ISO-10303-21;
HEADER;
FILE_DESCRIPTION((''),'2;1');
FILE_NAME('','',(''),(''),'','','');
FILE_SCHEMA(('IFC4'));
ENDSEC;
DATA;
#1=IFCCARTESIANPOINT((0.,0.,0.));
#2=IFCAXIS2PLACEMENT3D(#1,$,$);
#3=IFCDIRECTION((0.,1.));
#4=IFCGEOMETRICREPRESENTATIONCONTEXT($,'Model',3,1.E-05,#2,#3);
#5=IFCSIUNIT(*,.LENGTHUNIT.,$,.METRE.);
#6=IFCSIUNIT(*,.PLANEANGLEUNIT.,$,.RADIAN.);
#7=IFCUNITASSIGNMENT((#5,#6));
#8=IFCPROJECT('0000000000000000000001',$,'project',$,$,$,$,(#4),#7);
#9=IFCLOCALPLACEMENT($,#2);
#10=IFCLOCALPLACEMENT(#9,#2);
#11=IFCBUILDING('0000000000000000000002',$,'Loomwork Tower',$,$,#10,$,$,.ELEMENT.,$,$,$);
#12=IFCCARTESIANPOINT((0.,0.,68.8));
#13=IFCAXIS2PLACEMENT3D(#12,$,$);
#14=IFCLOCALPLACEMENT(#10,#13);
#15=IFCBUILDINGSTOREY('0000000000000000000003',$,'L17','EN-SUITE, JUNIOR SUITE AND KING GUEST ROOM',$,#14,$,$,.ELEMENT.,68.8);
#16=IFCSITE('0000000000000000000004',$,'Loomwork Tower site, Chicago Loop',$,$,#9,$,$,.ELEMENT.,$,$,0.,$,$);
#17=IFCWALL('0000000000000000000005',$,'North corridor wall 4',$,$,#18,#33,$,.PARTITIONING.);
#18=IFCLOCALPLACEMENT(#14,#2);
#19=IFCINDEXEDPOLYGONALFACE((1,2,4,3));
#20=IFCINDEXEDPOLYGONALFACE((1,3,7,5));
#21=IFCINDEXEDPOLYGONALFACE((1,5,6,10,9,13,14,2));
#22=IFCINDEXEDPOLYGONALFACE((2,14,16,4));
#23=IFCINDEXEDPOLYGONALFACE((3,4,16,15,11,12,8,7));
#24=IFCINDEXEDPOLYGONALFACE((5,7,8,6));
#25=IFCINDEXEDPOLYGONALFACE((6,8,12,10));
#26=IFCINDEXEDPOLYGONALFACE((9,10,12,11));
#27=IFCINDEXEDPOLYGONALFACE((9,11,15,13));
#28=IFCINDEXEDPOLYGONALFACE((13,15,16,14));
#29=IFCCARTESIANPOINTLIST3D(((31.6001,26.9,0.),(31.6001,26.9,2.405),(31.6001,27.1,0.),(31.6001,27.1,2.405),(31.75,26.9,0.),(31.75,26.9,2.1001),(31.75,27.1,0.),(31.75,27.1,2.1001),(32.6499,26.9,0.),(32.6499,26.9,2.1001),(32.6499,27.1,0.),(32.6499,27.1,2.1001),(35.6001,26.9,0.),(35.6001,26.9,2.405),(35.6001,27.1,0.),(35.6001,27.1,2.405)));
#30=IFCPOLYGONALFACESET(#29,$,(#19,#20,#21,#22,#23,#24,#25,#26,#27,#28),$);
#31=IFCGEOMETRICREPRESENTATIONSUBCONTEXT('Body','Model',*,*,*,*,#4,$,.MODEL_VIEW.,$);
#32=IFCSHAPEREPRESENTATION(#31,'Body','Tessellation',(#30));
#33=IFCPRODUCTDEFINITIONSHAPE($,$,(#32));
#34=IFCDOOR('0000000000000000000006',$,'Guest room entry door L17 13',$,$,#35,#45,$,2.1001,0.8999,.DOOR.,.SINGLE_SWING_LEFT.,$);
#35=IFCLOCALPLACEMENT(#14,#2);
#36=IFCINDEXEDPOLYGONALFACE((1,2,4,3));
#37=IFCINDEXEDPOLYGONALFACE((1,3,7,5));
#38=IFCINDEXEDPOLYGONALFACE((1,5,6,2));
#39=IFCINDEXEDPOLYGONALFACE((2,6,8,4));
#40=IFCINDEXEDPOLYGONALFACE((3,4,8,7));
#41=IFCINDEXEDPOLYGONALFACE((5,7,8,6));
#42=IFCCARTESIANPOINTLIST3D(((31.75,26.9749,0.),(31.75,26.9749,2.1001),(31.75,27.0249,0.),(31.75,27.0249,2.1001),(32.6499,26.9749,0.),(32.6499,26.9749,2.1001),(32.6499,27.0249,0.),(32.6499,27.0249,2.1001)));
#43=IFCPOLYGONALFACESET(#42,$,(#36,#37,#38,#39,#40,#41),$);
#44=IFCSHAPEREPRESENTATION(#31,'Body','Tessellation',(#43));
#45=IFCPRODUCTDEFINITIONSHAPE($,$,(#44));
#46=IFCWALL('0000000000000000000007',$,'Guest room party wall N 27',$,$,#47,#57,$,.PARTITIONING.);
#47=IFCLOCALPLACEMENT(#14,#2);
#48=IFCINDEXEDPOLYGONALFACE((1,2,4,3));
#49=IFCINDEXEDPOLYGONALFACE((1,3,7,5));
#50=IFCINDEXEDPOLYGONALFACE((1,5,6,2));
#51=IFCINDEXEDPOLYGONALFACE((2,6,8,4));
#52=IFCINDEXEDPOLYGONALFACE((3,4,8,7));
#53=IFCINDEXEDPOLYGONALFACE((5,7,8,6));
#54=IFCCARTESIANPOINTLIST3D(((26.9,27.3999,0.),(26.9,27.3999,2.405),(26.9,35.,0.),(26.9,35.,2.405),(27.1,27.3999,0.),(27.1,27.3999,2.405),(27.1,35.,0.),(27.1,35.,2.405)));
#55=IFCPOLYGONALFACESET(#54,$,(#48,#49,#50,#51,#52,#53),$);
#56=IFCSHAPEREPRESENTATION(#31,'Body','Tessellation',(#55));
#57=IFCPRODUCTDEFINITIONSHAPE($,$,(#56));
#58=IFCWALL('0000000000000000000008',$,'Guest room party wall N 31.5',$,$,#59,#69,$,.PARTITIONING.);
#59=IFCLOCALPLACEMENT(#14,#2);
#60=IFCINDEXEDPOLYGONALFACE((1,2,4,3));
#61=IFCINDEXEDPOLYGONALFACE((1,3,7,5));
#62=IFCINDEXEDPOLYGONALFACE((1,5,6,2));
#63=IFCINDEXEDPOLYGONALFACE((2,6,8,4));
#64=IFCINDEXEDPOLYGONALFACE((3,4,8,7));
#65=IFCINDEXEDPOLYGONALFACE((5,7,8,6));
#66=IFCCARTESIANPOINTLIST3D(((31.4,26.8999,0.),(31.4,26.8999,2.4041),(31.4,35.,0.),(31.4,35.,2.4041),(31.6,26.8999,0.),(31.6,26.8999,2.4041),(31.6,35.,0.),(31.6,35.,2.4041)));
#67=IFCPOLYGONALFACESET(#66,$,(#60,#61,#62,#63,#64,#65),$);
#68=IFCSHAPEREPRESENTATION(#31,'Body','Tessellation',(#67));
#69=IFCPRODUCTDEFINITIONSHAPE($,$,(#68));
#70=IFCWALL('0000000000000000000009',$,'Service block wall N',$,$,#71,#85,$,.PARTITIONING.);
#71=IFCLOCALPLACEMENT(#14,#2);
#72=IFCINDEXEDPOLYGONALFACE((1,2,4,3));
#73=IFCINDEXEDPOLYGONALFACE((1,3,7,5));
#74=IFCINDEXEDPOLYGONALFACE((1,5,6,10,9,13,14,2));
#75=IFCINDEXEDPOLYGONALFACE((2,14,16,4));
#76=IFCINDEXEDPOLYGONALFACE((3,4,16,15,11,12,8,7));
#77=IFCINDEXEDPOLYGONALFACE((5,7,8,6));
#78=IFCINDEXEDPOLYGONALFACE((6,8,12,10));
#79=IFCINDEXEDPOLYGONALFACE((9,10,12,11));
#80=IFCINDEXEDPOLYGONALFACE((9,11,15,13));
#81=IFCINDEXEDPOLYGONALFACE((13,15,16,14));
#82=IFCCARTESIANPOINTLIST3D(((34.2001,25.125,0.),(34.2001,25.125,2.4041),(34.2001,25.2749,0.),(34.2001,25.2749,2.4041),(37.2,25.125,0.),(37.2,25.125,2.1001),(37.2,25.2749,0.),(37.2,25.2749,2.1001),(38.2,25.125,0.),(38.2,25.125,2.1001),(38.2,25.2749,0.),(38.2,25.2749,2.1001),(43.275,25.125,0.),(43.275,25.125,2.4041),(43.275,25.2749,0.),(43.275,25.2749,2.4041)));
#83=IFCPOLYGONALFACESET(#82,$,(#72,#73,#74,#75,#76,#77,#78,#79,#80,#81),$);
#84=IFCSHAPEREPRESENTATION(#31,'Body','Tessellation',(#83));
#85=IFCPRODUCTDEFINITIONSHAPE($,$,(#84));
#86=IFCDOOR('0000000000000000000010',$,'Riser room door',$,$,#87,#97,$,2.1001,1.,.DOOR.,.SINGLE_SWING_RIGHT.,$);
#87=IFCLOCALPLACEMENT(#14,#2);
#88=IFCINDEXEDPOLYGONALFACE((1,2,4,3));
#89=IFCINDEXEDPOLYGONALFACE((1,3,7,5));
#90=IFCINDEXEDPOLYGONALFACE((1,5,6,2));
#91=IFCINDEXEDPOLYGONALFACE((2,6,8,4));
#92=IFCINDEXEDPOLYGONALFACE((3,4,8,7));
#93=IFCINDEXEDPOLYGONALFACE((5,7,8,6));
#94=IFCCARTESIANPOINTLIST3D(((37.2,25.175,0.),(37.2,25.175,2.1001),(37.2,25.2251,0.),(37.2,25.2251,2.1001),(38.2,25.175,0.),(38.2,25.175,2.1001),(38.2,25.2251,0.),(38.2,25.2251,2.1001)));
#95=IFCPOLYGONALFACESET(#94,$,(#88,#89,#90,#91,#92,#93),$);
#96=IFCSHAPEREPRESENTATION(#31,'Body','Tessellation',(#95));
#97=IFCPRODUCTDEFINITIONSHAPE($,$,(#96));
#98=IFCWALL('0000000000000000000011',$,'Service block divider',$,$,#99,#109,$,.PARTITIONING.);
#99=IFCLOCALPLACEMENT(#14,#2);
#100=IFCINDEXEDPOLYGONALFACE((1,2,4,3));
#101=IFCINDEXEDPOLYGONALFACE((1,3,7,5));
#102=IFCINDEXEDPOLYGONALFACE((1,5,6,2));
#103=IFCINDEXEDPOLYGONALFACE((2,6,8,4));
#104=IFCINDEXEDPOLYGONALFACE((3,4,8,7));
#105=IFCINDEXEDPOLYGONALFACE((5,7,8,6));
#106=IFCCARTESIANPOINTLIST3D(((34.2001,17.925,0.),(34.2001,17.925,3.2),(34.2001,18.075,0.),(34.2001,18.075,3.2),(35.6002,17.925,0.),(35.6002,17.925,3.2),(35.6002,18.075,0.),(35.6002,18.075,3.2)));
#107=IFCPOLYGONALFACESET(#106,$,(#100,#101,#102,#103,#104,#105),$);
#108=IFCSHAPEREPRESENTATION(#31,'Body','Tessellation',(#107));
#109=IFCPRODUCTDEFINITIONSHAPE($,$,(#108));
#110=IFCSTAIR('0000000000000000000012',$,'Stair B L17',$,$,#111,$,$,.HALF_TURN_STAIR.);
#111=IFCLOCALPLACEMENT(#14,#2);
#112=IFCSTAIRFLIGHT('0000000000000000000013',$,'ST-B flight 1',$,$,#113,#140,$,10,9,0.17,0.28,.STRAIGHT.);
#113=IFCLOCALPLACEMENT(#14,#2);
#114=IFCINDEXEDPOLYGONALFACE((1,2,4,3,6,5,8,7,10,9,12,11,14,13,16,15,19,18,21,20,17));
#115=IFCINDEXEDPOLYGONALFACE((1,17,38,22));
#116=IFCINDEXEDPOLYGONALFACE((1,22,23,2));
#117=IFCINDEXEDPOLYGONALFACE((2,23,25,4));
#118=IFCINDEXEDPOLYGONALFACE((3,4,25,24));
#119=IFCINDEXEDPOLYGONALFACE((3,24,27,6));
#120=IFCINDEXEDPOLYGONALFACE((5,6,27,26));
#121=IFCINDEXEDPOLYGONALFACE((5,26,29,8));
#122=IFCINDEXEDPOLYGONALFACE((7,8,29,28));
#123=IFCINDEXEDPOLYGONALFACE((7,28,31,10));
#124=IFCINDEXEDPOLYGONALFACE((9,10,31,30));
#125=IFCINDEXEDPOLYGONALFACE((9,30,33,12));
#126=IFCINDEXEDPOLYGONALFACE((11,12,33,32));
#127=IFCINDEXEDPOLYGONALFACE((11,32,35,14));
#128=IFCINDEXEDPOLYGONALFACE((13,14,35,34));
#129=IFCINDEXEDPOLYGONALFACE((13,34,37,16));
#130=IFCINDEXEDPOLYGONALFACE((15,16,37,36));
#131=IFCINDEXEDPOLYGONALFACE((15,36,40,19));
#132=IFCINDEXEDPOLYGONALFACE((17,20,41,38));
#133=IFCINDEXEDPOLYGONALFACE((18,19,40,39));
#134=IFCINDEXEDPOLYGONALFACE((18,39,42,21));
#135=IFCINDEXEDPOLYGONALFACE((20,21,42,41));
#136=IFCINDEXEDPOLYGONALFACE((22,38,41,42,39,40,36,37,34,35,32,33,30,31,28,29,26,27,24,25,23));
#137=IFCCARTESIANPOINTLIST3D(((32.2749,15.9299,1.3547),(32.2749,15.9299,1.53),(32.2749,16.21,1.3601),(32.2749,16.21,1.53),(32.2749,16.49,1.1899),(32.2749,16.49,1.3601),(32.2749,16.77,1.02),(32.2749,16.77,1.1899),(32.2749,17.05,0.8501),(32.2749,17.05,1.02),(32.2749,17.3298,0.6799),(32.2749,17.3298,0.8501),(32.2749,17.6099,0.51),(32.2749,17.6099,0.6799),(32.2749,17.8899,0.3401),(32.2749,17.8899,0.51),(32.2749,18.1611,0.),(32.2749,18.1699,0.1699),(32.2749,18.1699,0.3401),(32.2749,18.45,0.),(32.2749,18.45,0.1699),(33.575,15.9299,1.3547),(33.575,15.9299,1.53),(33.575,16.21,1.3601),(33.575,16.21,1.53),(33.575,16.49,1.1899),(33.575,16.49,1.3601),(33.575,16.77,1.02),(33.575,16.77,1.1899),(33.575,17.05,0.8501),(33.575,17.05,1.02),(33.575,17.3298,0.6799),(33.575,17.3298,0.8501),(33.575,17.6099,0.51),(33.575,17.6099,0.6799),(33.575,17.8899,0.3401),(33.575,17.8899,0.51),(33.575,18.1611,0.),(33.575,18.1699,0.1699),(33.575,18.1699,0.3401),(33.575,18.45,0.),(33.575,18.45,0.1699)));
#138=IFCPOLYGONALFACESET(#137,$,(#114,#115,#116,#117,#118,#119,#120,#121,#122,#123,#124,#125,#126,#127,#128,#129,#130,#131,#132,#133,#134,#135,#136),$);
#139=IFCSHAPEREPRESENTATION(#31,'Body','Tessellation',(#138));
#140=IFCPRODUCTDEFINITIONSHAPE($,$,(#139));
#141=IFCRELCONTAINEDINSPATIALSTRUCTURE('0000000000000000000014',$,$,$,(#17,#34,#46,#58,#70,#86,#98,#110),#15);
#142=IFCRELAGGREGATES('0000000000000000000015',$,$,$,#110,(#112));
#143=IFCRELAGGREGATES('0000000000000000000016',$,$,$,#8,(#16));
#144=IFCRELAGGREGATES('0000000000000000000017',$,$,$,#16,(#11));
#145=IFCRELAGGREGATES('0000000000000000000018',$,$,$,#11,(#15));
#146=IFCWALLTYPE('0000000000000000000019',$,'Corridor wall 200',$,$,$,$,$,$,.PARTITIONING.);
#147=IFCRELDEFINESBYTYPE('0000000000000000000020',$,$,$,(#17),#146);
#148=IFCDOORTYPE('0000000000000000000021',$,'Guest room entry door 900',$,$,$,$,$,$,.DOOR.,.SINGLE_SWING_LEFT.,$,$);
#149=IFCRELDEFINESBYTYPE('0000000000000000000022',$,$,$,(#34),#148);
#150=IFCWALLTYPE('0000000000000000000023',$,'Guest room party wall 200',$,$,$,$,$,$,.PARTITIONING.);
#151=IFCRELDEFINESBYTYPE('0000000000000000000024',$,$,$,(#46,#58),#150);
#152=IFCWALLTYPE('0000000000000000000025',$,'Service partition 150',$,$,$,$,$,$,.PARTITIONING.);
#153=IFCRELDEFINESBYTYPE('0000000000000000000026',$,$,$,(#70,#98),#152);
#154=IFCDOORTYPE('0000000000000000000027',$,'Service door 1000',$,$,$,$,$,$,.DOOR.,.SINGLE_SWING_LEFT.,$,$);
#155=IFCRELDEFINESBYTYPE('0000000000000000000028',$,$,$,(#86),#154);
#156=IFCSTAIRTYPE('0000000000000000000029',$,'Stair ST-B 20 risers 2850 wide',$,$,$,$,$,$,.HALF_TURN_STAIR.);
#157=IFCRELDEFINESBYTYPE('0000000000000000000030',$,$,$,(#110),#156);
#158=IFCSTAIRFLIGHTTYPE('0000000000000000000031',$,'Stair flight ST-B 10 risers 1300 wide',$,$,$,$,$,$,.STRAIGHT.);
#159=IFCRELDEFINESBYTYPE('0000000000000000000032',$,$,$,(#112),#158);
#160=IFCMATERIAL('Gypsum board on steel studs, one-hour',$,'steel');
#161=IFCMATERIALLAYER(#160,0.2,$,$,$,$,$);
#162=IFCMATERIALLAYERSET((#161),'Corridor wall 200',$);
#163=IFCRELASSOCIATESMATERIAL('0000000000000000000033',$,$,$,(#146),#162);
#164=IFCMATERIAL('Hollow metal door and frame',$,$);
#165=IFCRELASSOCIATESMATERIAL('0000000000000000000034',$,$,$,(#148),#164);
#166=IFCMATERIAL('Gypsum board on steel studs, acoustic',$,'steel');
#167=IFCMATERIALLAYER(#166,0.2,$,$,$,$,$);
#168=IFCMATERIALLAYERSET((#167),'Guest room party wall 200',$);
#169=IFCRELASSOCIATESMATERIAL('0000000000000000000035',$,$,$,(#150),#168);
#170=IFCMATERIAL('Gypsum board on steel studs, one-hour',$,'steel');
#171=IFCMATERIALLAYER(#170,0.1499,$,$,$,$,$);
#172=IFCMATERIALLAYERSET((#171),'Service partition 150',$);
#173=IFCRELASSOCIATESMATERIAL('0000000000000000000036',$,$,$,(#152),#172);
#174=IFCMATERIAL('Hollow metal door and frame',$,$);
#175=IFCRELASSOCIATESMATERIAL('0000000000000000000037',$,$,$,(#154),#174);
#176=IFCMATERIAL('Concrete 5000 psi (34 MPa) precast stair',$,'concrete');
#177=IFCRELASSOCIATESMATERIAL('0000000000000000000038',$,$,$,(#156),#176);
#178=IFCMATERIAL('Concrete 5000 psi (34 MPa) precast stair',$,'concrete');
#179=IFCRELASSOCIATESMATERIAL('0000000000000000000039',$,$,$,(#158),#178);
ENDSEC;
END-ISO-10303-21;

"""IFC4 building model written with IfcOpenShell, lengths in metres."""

from ifc_helpers import new_model, si_unit, direction, frame, frame_2d, origin, place, context, subcontext, project, spatial, polyline, rectangle, outline, extrude, material, layer, layer_set, type_object, element, fill, aggregate, save


model = new_model("IFC4")

# Units and contexts
model_context = context("Model", 3, precision=1e-05, world=origin(), true_north=direction((0.0, 1.0)))
body_context = subcontext(model_context, "Body", "Model", "MODEL_VIEW")
ifc_project = project(units=[si_unit("LENGTHUNIT", "METRE"), si_unit("PLANEANGLEUNIT", "RADIAN")], contexts=[model_context])

# Site, building, storey
site_placement = place(None, origin())
site = spatial("IfcSite", under=ifc_project, at=site_placement, Name="Loomwork Tower site, Chicago Loop", CompositionType="ELEMENT", RefElevation=0.0)
building_placement = place(site_placement, origin())
building = spatial("IfcBuilding", under=site, at=building_placement, Name="Loomwork Tower", CompositionType="ELEMENT")
storey_placement = place(building_placement, frame((0.0, 0.0, 68.8)))
storey = spatial("IfcBuildingStorey", under=building, at=storey_placement, Name="L17", Description="EN-SUITE, JUNIOR SUITE AND KING GUEST ROOM", CompositionType="ELEMENT", Elevation=68.8)

# Wall, opening, door
ifc_material_1 = material(Name="Gypsum board on steel studs, one-hour", Category="steel")
ifc_layer_1 = layer(ifc_material_1, 0.2)
ifc_layer_set_1 = layer_set([ifc_layer_1], Name="Corridor wall 200")
wall_type_1 = type_object("IfcWallType", Name="Corridor wall 200", PredefinedType="PARTITIONING", material=ifc_layer_set_1)
wall_1_placement = place(storey_placement, frame((31.6001, 27.0, 0.0), z_axis=(0.0, 0.0, 1.0), x_axis=(1.0, 0.0, 0.0)))
wall_1 = element("IfcWall", 1, at=wall_1_placement, inside=storey, type_object=wall_type_1, Name="North corridor wall 4", PredefinedType="PARTITIONING", context=body_context, shape_type="SweptSolid", body=[
    extrude(rectangle(XDim=4.0, YDim=0.2, at=frame_2d((2.0, 0.0))), origin(), (0.0, 0.0, 1.0), 2.405),
])
opening_1_placement = place(wall_1_placement, frame((0.1499, 0.0, 0.0)))
opening_1 = element("IfcOpeningElement", 2, at=opening_1_placement, cuts=wall_1, PredefinedType="OPENING", context=body_context, shape_type="SweptSolid", body=[
    extrude(rectangle(XDim=0.8999, YDim=2.1001, at=frame_2d((0.45, 1.05))), frame((0.0, 0.1099, 0.0), z_axis=(0.0, -1.0, 0.0), x_axis=(1.0, 0.0, 0.0)), (0.0, 0.0, 1.0), 0.22),
])
ifc_material_2 = material(Name="Hollow metal door and frame")
door_type_1 = type_object("IfcDoorType", Name="Guest room entry door 900", OperationType="SINGLE_SWING_LEFT", PredefinedType="DOOR", material=ifc_material_2)
door_1_placement = place(opening_1_placement, origin())
door_1 = element("IfcDoor", 3, at=door_1_placement, inside=storey, type_object=door_type_1, Name="Guest room entry door L17 13", OperationType="SINGLE_SWING_LEFT", OverallHeight=2.1001, OverallWidth=0.8999, PredefinedType="DOOR", context=body_context, shape_type="SweptSolid", body=[
    extrude(rectangle(XDim=0.8999, YDim=2.1001, at=frame_2d((0.45, 1.05))), frame((0.0, 0.0249, 0.0), z_axis=(0.0, -1.0, 0.0), x_axis=(1.0, 0.0, 0.0)), (0.0, 0.0, 1.0), 0.05),
])
fill(opening_1, door_1)

# Walls
ifc_material_3 = material(Name="Gypsum board on steel studs, acoustic", Category="steel")
ifc_layer_2 = layer(ifc_material_3, 0.2)
ifc_layer_set_2 = layer_set([ifc_layer_2], Name="Guest room party wall 200")
wall_type_2 = type_object("IfcWallType", Name="Guest room party wall 200", PredefinedType="PARTITIONING", material=ifc_layer_set_2)
wall_2_placement = place(storey_placement, frame((27.0, 27.3999, 0.0), z_axis=(0.0, 0.0, 1.0), x_axis=(0.0, 1.0, 0.0)))
element("IfcWall", 4, at=wall_2_placement, inside=storey, type_object=wall_type_2, Name="Guest room party wall N 27", PredefinedType="PARTITIONING", context=body_context, shape_type="SweptSolid", body=[
    extrude(rectangle(XDim=7.6001, YDim=0.2, at=frame_2d((3.8, 0.0))), origin(), (0.0, 0.0, 1.0), 2.405),
])
wall_3_placement = place(storey_placement, frame((31.5, 26.8999, 0.0), z_axis=(0.0, 0.0, 1.0), x_axis=(0.0, 1.0, 0.0)))
element("IfcWall", 5, at=wall_3_placement, inside=storey, type_object=wall_type_2, Name="Guest room party wall N 31.5", PredefinedType="PARTITIONING", context=body_context, shape_type="SweptSolid", body=[
    extrude(rectangle(XDim=8.1001, YDim=0.2, at=frame_2d((4.05, 0.0))), origin(), (0.0, 0.0, 1.0), 2.4041),
])

# Wall, opening, door
ifc_material_4 = material(Name="Gypsum board on steel studs, one-hour", Category="steel")
ifc_layer_3 = layer(ifc_material_4, 0.1499)
ifc_layer_set_3 = layer_set([ifc_layer_3], Name="Service partition 150")
wall_type_3 = type_object("IfcWallType", Name="Service partition 150", PredefinedType="PARTITIONING", material=ifc_layer_set_3)
wall_4_placement = place(storey_placement, frame((34.2, 25.2, 0.0), z_axis=(0.0, 0.0, 1.0), x_axis=(1.0, 0.0, 0.0)))
wall_4 = element("IfcWall", 6, at=wall_4_placement, inside=storey, type_object=wall_type_3, Name="Service block wall N", PredefinedType="PARTITIONING", context=body_context, shape_type="SweptSolid", body=[
    extrude(rectangle(XDim=9.075, YDim=0.1499, at=frame_2d((4.5376, 0.0))), origin(), (0.0, 0.0, 1.0), 2.4041),
])
opening_2_placement = place(wall_4_placement, frame((3.0, 0.0, 0.0)))
opening_2 = element("IfcOpeningElement", 7, at=opening_2_placement, cuts=wall_4, PredefinedType="OPENING", context=body_context, shape_type="SweptSolid", body=[
    extrude(rectangle(XDim=1.0, YDim=2.1001, at=frame_2d((0.5, 1.05))), frame((0.0, 0.085, 0.0), z_axis=(0.0, -1.0, 0.0), x_axis=(1.0, 0.0, 0.0)), (0.0, 0.0, 1.0), 0.1699),
])
ifc_material_5 = material(Name="Hollow metal door and frame")
door_type_2 = type_object("IfcDoorType", Name="Service door 1000", OperationType="SINGLE_SWING_LEFT", PredefinedType="DOOR", material=ifc_material_5)
door_2_placement = place(opening_2_placement, frame((1.0, 0.0, 0.0), z_axis=(0.0, 0.0, 1.0), x_axis=(-1.0, 0.0, 0.0)))
door_2 = element("IfcDoor", 8, at=door_2_placement, inside=storey, type_object=door_type_2, Name="Riser room door", OperationType="SINGLE_SWING_RIGHT", OverallHeight=2.1001, OverallWidth=1.0, PredefinedType="DOOR", context=body_context, shape_type="SweptSolid", body=[
    extrude(rectangle(XDim=1.0, YDim=2.1001, at=frame_2d((0.5, 1.05))), frame((0.0, 0.0249, 0.0), z_axis=(0.0, -1.0, 0.0), x_axis=(1.0, 0.0, 0.0)), (0.0, 0.0, 1.0), 0.05),
])
fill(opening_2, door_2)

# Wall
wall_5_placement = place(storey_placement, frame((34.2, 18.0, 0.0), z_axis=(0.0, 0.0, 1.0), x_axis=(1.0, 0.0, 0.0)))
element("IfcWall", 9, at=wall_5_placement, inside=storey, type_object=wall_type_3, Name="Service block divider", PredefinedType="PARTITIONING", context=body_context, shape_type="SweptSolid", body=[
    extrude(rectangle(XDim=1.4001, YDim=0.1499, at=frame_2d((0.7002, 0.0))), origin(), (0.0, 0.0, 1.0), 3.2),
])

# Stair, stair flight
ifc_material_6 = material(Name="Concrete 5000 psi (34 MPa) precast stair", Category="concrete")
stair_type = type_object("IfcStairType", Name="Stair ST-B 20 risers 2850 wide", PredefinedType="HALF_TURN_STAIR", material=ifc_material_6)
stair_placement = place(storey_placement, origin())
stair = element("IfcStair", 10, at=stair_placement, inside=storey, type_object=stair_type, Name="Stair B L17", PredefinedType="HALF_TURN_STAIR")
ifc_material_7 = material(Name="Concrete 5000 psi (34 MPa) precast stair", Category="concrete")
stair_flight_type = type_object("IfcStairFlightType", Name="Stair flight ST-B 10 risers 1300 wide", PredefinedType="STRAIGHT", material=ifc_material_7)
stair_flight_placement = place(storey_placement, frame((32.925, 18.45, 0.0), z_axis=(0.0, 0.0, 1.0), x_axis=(0.0, -1.0, 0.0)))
stair_flight = element("IfcStairFlight", 11, at=stair_flight_placement, type_object=stair_flight_type, Name="ST-B flight 1", NumberOfRisers=10, NumberOfTreads=9, PredefinedType="STRAIGHT", RiserHeight=0.17, TreadLength=0.28, context=body_context, shape_type="SweptSolid", body=[
    extrude(outline(polyline([(0.0, 0.0), (0.0, 0.1699), (0.28, 0.1699), (0.28, 0.3401), (0.5601, 0.3401), (0.5601, 0.51), (0.8401, 0.51), (0.8401, 0.6799), (1.1201, 0.6799), (1.1201, 0.8501), (1.3999, 0.8501), (1.3999, 1.02), (1.6799, 1.02), (1.6799, 1.1899), (1.96, 1.1899), (1.96, 1.3601), (2.24, 1.3601), (2.24, 1.53), (2.52, 1.53), (2.52, 1.7), (2.52, 1.3547), (0.2888, 0.0), (0.0, 0.0)])), frame((0.0, 0.6499, 0.0), z_axis=(0.0, -1.0, 0.0), x_axis=(1.0, 0.0, 0.0)), (0.0, 0.0, 1.0), 1.3),
])
aggregate(stair, [stair_flight])

save(model, "model.ifc")
